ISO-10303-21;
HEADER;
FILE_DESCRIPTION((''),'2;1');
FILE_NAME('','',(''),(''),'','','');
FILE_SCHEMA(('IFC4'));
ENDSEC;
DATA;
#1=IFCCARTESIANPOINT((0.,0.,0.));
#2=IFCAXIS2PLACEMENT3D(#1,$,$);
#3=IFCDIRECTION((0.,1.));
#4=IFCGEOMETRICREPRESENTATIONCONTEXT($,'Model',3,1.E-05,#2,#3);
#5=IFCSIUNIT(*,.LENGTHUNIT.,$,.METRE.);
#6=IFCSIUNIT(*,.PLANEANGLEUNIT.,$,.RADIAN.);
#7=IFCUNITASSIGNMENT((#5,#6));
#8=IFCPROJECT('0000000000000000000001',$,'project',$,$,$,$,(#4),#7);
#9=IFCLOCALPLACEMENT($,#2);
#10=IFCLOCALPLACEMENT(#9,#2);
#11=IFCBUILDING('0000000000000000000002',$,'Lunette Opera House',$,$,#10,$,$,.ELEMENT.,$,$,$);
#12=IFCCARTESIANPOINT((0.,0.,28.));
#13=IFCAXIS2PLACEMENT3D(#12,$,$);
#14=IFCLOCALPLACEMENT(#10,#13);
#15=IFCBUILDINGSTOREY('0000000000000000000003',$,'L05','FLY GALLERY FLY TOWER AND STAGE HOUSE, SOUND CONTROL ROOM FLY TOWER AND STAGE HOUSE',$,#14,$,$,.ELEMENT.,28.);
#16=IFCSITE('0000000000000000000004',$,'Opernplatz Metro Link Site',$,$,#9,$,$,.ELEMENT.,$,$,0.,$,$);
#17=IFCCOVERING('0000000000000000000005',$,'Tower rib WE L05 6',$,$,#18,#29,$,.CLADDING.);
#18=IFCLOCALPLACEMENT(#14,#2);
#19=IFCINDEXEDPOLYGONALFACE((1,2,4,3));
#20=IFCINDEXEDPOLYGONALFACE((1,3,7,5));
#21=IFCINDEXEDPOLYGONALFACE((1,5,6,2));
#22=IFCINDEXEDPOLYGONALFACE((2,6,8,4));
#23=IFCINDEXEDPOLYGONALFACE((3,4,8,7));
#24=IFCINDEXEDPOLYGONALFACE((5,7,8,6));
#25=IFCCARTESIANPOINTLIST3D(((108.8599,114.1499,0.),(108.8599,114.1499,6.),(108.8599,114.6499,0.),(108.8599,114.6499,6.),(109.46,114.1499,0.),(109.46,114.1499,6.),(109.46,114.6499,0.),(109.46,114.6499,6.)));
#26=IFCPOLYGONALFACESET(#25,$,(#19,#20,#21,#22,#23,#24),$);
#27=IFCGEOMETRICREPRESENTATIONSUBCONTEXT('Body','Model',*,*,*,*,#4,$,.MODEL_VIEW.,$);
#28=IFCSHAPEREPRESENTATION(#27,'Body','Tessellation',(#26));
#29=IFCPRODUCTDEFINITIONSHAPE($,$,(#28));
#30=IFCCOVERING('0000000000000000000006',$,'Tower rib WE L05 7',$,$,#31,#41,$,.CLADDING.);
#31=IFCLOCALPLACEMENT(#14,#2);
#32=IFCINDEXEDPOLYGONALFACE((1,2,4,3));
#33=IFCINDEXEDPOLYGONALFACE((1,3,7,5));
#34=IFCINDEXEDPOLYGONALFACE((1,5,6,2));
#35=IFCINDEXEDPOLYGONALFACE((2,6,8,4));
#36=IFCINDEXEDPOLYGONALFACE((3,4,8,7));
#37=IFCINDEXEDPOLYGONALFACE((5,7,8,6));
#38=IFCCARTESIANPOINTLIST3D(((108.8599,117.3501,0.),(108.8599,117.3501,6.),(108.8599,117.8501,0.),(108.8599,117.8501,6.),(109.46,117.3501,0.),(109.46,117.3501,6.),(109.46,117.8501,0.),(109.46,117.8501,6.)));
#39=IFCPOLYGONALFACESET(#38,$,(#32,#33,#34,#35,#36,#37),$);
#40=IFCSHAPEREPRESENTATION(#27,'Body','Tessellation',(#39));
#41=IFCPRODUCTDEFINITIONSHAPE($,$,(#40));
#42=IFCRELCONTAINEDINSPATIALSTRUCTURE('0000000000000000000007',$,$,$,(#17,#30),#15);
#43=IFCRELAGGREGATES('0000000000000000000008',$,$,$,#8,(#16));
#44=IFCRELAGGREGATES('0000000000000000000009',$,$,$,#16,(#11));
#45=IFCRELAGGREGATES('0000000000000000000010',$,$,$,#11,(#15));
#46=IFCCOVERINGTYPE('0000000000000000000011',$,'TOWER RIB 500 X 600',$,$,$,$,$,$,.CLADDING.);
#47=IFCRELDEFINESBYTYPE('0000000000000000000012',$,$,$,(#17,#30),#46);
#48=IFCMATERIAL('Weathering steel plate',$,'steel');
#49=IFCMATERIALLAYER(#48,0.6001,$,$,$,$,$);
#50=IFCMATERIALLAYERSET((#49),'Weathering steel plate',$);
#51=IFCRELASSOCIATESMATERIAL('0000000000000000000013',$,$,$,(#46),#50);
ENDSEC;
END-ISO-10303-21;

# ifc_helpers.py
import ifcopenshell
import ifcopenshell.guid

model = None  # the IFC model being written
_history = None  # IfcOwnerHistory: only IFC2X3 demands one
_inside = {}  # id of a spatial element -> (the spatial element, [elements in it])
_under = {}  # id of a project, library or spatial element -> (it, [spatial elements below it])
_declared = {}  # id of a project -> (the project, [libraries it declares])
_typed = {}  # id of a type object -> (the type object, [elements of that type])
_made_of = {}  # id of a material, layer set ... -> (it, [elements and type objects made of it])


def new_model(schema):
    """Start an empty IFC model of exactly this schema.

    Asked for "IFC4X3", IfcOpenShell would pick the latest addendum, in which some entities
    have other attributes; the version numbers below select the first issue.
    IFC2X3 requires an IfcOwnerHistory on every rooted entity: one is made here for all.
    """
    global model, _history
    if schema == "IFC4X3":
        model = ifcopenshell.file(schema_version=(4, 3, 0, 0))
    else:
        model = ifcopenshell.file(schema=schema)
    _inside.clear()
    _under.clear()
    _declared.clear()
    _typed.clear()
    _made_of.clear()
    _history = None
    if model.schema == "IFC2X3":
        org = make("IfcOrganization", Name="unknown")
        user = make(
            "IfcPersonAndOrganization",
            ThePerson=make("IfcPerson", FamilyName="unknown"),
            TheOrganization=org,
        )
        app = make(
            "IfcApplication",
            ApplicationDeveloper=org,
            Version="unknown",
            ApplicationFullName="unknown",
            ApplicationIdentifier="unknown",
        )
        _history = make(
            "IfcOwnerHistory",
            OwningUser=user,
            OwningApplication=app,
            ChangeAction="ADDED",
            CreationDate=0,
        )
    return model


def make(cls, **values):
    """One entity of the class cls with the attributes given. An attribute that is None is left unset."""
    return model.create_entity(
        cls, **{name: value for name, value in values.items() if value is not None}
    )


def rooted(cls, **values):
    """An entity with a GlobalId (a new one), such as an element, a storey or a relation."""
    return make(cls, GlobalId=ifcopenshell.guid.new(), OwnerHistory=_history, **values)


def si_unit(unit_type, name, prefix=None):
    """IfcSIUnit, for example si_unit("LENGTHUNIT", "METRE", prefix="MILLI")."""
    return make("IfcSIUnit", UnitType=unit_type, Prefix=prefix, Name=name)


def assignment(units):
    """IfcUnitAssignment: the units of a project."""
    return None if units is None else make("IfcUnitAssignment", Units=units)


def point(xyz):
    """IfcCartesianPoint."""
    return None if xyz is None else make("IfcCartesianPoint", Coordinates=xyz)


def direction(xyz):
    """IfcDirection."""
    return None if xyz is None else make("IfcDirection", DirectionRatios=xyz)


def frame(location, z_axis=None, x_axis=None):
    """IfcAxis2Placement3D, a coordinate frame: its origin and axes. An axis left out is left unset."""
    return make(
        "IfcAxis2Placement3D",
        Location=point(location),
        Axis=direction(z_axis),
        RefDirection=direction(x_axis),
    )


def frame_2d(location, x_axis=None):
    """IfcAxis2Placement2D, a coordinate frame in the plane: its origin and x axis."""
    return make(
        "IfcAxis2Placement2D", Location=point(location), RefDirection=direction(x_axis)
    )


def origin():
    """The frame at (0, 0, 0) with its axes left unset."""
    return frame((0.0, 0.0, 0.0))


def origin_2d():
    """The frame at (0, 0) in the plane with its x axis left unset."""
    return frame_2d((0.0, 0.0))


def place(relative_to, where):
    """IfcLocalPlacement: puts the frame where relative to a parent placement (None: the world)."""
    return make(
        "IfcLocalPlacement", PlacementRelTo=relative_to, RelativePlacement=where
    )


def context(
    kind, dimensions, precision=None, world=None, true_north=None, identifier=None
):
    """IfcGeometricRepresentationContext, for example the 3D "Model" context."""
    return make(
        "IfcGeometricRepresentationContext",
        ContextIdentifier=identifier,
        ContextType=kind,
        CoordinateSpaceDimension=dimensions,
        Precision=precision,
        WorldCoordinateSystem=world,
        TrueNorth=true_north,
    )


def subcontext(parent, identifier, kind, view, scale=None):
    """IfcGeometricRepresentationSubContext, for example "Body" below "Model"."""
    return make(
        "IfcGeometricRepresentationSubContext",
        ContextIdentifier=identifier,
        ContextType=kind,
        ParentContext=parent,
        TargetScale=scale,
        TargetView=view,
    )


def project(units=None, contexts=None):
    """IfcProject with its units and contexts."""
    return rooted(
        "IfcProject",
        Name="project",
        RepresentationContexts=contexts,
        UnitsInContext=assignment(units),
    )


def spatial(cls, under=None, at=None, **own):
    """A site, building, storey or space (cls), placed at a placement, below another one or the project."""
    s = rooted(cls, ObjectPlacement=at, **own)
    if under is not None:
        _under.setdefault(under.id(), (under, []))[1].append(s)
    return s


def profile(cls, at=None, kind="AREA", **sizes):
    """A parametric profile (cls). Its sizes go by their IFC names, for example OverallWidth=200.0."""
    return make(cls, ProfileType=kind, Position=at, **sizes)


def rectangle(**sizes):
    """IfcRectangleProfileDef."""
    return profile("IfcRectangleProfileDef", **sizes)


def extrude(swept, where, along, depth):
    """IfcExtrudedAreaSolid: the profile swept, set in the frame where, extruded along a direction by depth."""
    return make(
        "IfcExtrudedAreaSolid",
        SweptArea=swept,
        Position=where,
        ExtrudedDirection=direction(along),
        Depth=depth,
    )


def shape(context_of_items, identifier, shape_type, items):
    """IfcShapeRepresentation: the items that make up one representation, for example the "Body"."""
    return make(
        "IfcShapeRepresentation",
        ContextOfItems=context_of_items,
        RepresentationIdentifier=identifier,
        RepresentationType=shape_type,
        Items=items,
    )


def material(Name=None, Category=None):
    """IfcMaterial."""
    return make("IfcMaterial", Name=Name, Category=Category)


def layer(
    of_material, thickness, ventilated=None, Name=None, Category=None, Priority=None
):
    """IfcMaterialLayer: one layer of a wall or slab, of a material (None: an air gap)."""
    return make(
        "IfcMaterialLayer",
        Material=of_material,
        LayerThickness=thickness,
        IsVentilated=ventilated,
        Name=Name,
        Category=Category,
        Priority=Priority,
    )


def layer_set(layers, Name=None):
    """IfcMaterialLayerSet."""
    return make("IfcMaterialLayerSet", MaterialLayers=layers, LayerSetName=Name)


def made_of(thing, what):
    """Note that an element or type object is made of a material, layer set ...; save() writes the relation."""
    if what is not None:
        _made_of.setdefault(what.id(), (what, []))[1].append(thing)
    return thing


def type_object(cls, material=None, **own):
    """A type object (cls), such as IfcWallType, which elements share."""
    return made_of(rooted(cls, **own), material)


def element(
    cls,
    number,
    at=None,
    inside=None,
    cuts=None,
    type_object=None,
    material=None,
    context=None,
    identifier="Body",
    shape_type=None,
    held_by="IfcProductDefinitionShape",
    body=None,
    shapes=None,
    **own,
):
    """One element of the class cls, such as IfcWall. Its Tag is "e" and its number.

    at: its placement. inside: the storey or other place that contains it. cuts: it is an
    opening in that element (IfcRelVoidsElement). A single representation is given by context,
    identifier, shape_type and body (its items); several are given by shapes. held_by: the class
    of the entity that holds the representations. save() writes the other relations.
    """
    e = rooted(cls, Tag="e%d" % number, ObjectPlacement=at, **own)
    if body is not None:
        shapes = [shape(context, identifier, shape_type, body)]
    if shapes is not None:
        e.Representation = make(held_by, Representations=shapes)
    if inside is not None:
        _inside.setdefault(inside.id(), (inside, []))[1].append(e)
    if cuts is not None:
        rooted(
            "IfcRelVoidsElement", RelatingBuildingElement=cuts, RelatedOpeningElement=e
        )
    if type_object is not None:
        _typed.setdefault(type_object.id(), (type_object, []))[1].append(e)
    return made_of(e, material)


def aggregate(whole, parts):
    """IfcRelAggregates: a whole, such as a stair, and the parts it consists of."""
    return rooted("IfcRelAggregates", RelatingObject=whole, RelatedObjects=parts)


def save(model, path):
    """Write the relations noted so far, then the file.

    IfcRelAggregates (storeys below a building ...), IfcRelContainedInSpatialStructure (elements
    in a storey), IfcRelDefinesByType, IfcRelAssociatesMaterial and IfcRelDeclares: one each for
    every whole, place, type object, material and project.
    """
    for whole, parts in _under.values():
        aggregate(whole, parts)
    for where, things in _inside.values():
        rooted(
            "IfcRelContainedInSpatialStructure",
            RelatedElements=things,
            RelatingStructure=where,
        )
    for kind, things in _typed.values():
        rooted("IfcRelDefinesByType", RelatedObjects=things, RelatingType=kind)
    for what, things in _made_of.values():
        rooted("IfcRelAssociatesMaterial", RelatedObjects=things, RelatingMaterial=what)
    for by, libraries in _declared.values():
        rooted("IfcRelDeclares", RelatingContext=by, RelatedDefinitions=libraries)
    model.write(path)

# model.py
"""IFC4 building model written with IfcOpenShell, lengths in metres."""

from ifc_helpers import new_model, si_unit, direction, frame, origin, origin_2d, place, context, subcontext, project, spatial, rectangle, extrude, material, layer, layer_set, type_object, element, save


model = new_model("IFC4")

# Units and contexts
model_context = context("Model", 3, precision=1e-05, world=origin(), true_north=direction((0.0, 1.0)))
body_context = subcontext(model_context, "Body", "Model", "MODEL_VIEW")
ifc_project = project(units=[si_unit("LENGTHUNIT", "METRE"), si_unit("PLANEANGLEUNIT", "RADIAN")], contexts=[model_context])

# Site, building, storey
site_placement = place(None, origin())
site = spatial("IfcSite", under=ifc_project, at=site_placement, Name="Opernplatz Metro Link Site", CompositionType="ELEMENT", RefElevation=0.0)
building_placement = place(site_placement, origin())
building = spatial("IfcBuilding", under=site, at=building_placement, Name="Lunette Opera House", CompositionType="ELEMENT")
storey_placement = place(building_placement, frame((0.0, 0.0, 28.0)))
storey = spatial("IfcBuildingStorey", under=building, at=storey_placement, Name="L05", Description="FLY GALLERY FLY TOWER AND STAGE HOUSE, SOUND CONTROL ROOM FLY TOWER AND STAGE HOUSE", CompositionType="ELEMENT", Elevation=28.0)

# Coverings
ifc_material_1 = material(Name="Weathering steel plate", Category="steel")
ifc_layer_1 = layer(ifc_material_1, 0.6001)
ifc_layer_set_1 = layer_set([ifc_layer_1], Name="Weathering steel plate")
covering_type_1 = type_object("IfcCoveringType", Name="TOWER RIB 500 X 600", PredefinedType="CLADDING", material=ifc_layer_set_1)
for number, where, z_axis, x_axis, name in (
    (1, (109.1599, 114.3999, 0.0), (0.0, 0.0, 1.0), (0.0, 1.0, 0.0), "Tower rib WE L05 6"),
    (2, (109.1599, 117.6001, 0.0), (0.0, 0.0, 1.0), (0.0, 1.0, 0.0), "Tower rib WE L05 7"),
):
    element("IfcCovering", number, at=place(storey_placement, frame(where, z_axis=z_axis, x_axis=x_axis)), inside=storey, type_object=covering_type_1, Name=name, PredefinedType="CLADDING", context=body_context, shape_type="SweptSolid", body=[
        extrude(rectangle(XDim=0.5, YDim=0.6001, at=origin_2d()), origin(), (0.0, 0.0, 1.0), 6.0),
    ])

save(model, "model.ifc")
